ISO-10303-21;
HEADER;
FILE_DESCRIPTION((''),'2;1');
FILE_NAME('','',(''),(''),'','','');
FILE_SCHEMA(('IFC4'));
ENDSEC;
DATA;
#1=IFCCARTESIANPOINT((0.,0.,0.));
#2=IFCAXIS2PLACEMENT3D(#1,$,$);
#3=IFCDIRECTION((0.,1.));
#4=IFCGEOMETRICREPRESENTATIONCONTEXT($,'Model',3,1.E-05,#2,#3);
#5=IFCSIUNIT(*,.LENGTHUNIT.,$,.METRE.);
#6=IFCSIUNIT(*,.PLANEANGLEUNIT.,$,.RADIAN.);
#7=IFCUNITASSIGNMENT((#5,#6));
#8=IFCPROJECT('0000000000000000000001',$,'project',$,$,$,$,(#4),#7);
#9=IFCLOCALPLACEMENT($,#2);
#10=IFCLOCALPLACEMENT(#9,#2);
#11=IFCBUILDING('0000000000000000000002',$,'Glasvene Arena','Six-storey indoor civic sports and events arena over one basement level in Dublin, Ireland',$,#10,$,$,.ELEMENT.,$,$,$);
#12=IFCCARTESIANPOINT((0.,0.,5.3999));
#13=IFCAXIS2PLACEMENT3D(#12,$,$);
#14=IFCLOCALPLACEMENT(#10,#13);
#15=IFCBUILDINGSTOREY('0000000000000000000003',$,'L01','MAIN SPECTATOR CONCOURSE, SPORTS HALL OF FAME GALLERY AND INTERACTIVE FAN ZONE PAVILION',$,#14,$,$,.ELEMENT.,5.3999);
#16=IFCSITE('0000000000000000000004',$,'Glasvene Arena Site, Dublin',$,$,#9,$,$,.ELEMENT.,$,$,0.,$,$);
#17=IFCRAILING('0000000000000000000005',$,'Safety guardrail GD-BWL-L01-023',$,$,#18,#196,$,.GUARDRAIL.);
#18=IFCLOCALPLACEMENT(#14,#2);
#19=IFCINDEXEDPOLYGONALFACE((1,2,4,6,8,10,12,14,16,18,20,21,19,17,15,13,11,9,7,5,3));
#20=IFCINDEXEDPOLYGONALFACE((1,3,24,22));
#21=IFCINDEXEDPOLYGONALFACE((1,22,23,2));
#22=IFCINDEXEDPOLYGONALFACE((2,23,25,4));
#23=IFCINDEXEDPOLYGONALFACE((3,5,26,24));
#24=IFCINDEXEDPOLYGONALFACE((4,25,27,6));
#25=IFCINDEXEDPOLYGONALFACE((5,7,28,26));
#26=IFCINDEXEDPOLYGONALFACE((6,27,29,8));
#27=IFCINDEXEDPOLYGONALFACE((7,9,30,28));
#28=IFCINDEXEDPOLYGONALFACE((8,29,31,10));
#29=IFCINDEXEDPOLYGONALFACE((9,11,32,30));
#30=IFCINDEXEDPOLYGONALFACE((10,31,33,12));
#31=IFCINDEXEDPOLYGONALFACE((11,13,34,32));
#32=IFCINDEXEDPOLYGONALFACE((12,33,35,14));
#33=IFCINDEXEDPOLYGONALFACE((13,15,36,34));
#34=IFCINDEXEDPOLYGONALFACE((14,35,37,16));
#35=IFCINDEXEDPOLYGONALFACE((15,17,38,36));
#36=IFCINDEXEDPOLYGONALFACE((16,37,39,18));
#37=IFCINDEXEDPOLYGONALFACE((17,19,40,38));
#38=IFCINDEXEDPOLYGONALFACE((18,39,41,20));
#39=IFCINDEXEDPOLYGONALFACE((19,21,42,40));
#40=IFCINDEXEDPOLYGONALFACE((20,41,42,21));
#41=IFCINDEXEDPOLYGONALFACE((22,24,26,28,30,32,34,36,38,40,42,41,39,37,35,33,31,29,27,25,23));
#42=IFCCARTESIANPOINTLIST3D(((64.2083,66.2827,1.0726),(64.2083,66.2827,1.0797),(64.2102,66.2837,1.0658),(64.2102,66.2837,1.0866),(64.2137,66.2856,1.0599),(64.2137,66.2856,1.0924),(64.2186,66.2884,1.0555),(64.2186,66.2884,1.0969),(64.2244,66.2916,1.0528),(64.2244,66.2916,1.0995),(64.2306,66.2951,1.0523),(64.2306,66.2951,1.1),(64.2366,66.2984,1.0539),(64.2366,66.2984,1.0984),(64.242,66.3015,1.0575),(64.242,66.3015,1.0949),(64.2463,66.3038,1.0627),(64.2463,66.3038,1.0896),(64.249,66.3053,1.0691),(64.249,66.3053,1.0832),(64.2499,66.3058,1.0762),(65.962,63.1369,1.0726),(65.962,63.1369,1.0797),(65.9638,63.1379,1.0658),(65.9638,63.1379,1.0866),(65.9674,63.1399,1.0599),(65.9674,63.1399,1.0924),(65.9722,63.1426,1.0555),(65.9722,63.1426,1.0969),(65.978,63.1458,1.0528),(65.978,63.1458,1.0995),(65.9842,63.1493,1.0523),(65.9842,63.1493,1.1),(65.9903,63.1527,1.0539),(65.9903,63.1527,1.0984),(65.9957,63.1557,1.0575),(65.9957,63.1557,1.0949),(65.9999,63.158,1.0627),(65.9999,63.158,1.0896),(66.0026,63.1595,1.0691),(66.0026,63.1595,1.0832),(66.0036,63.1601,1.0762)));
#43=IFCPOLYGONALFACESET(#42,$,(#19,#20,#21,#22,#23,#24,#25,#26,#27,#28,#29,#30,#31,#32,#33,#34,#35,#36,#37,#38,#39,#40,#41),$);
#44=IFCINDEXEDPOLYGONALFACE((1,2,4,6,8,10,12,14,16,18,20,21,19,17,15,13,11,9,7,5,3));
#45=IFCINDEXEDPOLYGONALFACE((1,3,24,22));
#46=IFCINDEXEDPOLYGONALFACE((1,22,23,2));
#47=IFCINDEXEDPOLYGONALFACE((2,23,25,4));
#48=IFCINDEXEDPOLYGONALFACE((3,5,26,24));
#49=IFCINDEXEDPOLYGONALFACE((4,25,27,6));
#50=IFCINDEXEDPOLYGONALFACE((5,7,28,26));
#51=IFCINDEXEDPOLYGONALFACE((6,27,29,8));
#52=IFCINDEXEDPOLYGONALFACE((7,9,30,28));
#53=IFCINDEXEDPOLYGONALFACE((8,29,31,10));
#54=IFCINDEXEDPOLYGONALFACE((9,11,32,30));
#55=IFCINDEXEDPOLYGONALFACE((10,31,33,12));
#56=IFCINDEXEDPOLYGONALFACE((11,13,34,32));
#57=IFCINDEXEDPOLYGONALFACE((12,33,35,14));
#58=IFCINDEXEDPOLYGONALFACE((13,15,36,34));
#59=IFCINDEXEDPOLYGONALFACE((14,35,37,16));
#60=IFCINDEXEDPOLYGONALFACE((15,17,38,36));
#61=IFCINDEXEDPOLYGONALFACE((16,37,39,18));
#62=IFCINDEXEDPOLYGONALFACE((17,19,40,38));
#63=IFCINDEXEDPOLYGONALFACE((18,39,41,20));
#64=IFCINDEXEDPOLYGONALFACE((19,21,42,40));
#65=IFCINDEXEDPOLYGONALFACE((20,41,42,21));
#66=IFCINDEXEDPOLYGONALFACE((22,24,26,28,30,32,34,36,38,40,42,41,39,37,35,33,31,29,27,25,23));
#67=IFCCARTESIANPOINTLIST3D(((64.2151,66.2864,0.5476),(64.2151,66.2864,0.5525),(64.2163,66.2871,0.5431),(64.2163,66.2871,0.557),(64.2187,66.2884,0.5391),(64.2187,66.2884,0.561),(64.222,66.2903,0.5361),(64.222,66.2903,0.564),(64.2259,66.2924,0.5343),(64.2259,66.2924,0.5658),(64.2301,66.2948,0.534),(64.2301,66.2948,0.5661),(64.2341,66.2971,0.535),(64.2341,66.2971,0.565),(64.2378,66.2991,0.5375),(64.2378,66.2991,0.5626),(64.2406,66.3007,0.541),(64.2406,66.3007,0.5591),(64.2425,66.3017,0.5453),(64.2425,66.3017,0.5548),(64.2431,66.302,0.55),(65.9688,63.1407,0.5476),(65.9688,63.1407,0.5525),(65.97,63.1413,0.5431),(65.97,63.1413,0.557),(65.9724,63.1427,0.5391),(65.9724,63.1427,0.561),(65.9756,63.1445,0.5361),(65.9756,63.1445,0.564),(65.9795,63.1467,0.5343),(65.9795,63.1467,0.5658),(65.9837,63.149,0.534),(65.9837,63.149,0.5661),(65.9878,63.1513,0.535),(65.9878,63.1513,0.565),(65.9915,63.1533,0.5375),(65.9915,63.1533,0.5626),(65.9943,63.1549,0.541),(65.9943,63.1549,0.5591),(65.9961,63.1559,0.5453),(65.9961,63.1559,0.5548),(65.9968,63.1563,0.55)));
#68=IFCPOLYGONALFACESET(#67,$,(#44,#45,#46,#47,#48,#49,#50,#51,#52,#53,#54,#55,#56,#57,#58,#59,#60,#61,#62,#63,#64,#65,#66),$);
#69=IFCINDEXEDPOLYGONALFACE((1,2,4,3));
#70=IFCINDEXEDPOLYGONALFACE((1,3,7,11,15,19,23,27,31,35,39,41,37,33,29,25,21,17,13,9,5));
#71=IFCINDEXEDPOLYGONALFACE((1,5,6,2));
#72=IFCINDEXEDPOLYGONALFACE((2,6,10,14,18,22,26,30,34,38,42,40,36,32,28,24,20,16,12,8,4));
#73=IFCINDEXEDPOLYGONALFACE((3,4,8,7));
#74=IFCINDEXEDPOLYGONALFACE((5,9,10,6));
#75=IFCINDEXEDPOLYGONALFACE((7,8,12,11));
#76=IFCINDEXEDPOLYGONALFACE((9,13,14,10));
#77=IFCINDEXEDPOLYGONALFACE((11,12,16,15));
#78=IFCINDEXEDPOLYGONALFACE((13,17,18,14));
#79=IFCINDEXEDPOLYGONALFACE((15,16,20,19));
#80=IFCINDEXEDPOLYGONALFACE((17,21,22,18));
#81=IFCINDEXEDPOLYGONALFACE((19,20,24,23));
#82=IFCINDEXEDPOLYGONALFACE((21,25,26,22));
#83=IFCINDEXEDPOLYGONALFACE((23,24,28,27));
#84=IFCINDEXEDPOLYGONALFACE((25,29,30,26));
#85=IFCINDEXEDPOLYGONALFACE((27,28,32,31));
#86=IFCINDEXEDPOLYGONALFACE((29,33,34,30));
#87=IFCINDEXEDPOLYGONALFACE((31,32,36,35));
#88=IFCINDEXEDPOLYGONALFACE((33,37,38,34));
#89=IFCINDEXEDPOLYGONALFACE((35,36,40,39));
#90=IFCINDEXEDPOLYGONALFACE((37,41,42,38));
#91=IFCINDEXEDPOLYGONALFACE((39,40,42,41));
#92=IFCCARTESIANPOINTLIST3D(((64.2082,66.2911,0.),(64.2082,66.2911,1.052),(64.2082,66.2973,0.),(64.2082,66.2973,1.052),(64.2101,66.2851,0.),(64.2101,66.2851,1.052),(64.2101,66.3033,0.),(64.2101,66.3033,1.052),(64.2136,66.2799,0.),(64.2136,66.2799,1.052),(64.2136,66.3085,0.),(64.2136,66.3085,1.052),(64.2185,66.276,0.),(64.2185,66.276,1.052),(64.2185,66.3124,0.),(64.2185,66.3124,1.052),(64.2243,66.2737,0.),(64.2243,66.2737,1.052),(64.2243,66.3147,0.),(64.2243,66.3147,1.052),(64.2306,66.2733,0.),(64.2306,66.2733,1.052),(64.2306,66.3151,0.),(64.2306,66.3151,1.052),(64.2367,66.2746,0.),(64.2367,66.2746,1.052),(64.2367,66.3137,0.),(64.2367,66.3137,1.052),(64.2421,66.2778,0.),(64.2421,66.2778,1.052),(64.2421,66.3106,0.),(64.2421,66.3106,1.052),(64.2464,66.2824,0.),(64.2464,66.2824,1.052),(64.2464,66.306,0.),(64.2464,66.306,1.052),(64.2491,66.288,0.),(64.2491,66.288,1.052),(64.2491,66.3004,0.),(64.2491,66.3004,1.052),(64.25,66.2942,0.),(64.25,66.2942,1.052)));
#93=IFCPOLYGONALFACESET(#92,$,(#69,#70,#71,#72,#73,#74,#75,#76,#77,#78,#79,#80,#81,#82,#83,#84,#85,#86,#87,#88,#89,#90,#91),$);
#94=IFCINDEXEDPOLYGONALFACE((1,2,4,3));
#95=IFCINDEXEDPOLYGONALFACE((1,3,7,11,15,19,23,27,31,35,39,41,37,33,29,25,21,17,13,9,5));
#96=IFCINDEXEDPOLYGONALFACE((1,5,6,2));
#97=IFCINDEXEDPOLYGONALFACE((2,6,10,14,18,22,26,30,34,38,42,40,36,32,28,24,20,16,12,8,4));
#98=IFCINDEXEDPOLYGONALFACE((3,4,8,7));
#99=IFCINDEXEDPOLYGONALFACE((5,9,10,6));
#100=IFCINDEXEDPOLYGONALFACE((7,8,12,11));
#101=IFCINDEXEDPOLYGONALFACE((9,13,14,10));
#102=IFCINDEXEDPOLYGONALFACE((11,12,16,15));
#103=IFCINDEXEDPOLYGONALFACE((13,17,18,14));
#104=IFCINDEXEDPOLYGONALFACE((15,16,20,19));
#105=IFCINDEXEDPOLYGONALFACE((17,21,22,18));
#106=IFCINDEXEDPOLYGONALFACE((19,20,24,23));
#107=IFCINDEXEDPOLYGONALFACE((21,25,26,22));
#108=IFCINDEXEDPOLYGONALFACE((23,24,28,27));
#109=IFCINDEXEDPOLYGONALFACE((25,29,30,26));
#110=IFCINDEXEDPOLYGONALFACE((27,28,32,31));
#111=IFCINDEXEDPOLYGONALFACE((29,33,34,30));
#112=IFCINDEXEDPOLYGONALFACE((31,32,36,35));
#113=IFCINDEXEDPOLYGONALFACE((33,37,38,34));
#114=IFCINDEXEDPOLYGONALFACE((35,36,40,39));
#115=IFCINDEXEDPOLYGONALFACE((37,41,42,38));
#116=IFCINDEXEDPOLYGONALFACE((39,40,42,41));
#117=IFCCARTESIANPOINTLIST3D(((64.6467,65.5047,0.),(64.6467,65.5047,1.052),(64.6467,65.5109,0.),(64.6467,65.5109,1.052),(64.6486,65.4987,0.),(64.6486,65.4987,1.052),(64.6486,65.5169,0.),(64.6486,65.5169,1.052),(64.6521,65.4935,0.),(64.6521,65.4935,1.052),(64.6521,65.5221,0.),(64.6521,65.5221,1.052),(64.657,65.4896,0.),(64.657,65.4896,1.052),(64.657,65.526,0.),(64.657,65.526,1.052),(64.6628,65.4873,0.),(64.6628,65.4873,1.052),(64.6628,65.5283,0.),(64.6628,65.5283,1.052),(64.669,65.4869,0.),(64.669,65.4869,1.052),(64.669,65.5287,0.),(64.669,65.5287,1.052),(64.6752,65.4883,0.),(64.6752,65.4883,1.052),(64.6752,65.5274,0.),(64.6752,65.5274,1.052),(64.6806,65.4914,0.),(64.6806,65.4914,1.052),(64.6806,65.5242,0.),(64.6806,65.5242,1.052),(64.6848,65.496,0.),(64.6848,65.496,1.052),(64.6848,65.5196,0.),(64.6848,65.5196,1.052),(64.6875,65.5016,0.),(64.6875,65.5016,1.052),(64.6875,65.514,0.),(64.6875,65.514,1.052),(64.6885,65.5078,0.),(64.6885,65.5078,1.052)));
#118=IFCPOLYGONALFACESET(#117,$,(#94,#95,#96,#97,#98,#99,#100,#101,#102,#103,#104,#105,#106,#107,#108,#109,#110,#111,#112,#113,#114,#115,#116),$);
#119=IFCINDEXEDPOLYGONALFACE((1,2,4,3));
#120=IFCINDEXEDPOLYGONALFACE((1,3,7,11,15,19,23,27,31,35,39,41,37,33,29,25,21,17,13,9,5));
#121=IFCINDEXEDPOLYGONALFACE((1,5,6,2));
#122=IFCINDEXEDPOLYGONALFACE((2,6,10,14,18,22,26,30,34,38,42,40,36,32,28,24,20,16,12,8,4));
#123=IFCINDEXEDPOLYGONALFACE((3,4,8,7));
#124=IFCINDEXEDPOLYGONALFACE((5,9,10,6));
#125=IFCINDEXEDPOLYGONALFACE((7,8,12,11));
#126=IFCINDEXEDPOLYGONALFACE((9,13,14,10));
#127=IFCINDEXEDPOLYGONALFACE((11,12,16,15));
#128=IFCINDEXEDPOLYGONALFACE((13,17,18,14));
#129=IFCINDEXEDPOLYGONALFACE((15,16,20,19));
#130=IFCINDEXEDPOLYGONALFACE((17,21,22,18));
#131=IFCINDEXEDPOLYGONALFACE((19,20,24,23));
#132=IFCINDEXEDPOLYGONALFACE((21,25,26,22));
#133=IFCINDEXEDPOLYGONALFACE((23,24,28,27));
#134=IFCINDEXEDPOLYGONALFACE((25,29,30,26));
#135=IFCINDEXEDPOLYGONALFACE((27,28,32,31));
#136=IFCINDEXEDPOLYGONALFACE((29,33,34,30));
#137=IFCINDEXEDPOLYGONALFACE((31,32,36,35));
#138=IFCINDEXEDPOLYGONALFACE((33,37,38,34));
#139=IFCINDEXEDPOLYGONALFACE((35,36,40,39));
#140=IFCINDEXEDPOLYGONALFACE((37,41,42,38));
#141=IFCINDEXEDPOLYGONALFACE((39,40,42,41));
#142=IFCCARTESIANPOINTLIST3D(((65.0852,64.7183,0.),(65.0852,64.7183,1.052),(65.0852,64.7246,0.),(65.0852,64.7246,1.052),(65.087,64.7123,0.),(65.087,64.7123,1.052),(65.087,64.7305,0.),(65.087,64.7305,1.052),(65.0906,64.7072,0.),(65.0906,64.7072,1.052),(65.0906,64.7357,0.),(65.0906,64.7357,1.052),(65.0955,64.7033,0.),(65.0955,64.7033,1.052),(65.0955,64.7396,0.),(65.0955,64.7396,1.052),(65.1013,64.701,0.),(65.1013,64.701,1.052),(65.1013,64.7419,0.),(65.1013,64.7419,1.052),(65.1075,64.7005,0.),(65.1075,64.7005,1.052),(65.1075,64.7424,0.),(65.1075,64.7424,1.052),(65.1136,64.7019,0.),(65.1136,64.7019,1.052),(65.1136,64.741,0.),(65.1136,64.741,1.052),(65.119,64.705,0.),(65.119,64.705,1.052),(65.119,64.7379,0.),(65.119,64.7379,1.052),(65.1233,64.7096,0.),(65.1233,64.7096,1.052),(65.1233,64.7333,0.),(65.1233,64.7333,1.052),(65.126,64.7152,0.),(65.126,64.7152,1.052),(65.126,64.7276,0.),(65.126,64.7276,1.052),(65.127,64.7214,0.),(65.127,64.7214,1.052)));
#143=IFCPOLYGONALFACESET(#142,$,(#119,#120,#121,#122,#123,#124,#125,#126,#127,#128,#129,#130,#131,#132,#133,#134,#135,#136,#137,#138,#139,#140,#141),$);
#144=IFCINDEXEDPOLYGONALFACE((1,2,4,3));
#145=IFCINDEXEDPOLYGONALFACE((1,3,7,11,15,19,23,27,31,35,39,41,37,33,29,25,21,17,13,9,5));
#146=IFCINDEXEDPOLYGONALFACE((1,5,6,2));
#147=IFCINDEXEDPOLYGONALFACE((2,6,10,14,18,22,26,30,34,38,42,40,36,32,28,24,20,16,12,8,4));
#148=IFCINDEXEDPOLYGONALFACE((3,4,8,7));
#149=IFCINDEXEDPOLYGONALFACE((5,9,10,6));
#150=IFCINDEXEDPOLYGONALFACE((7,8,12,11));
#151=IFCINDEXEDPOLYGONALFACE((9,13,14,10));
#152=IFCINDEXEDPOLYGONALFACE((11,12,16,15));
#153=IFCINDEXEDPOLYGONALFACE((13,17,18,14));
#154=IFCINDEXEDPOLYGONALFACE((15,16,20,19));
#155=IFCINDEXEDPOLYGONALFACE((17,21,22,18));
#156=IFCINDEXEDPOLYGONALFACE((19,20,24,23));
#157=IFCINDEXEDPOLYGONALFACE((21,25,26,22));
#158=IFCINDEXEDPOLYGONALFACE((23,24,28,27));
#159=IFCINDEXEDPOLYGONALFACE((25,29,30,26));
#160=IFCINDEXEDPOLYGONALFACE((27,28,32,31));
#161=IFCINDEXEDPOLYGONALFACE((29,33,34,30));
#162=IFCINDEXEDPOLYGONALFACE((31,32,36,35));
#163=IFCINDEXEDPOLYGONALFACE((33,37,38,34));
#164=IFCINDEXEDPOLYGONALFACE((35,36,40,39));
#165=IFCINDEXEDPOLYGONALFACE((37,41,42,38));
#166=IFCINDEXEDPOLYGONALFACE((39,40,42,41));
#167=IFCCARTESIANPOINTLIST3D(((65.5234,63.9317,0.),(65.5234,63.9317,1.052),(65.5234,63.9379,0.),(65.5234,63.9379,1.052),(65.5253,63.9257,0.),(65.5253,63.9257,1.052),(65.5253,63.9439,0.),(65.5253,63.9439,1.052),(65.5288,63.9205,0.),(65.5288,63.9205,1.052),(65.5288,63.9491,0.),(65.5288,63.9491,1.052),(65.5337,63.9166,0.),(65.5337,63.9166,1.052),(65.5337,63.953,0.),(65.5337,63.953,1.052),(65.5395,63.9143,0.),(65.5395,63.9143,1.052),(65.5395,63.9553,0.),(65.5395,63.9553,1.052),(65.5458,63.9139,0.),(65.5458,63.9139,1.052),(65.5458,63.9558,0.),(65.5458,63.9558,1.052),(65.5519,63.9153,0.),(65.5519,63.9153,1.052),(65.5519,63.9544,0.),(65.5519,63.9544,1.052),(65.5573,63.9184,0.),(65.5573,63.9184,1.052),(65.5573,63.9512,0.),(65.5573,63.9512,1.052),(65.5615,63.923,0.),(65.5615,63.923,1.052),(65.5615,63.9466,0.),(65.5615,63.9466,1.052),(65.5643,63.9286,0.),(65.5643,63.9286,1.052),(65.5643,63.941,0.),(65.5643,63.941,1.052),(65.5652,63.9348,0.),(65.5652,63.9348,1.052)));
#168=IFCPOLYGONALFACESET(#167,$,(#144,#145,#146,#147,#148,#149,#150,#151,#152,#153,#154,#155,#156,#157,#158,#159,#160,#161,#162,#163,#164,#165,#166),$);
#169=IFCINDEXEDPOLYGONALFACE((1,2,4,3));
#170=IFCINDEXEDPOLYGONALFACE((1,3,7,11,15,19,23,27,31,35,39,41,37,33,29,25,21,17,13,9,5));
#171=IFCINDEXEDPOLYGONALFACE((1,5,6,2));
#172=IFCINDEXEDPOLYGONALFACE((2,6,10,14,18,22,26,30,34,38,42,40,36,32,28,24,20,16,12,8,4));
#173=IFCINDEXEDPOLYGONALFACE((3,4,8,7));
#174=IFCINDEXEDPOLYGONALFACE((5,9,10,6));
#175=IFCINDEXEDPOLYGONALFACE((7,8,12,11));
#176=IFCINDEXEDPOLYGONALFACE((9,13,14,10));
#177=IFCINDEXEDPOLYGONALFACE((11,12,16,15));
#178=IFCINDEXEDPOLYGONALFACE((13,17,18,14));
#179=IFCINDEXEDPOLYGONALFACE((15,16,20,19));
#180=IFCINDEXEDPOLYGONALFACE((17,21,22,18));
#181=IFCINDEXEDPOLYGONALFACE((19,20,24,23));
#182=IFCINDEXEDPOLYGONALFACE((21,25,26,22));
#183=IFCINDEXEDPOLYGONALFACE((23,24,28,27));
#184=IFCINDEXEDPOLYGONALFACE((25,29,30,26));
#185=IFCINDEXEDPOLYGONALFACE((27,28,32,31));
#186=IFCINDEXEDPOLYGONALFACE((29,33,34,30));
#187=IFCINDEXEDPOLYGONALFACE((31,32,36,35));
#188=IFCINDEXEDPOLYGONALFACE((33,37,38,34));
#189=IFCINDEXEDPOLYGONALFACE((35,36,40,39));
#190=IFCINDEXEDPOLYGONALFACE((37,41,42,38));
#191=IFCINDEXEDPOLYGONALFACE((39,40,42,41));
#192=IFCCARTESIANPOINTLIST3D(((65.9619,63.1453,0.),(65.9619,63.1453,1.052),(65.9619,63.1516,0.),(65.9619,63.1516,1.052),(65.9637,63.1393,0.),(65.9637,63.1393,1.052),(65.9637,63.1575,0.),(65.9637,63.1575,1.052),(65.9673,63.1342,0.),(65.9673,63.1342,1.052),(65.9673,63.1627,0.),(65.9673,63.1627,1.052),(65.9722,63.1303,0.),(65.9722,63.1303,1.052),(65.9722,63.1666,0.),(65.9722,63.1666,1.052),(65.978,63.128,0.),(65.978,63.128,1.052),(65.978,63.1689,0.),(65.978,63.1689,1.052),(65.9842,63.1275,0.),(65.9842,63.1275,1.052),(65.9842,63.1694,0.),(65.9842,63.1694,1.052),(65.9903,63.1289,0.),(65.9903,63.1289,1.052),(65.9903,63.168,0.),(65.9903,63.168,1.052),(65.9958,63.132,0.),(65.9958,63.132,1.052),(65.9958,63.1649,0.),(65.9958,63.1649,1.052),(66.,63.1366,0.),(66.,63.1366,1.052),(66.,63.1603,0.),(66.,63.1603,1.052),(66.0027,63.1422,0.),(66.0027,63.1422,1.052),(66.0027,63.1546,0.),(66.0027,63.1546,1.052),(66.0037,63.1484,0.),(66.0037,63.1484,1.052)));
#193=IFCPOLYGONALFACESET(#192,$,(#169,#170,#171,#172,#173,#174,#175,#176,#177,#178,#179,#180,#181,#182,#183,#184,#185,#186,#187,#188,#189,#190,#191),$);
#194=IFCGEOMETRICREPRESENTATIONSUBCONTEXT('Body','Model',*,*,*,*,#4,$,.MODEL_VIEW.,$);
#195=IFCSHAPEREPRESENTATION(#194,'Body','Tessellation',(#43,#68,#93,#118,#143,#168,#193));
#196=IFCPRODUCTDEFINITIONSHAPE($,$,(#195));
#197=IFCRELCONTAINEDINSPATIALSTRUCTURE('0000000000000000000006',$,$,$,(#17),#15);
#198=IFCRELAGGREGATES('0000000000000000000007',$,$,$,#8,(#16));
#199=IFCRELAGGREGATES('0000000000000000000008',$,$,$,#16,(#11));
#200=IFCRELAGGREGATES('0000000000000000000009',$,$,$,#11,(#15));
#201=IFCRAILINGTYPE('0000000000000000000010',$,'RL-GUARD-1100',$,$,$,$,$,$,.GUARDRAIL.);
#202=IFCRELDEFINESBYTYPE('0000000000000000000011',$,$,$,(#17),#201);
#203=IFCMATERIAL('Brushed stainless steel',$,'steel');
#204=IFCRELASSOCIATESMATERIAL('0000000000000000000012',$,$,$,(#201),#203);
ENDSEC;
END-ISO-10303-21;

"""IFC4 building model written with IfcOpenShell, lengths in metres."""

from ifc_helpers import new_model, si_unit, direction, frame, origin, origin_2d, place, context, subcontext, project, spatial, circle, extrude, material, type_object, element, save


model = new_model("IFC4")

# Units and contexts
model_context = context("Model", 3, precision=1e-05, world=origin(), true_north=direction((0.0, 1.0)))
body_context = subcontext(model_context, "Body", "Model", "MODEL_VIEW")
ifc_project = project(units=[si_unit("LENGTHUNIT", "METRE"), si_unit("PLANEANGLEUNIT", "RADIAN")], contexts=[model_context])

# Site, building, storey
site_placement = place(None, origin())
site = spatial("IfcSite", under=ifc_project, at=site_placement, Name="Glasvene Arena Site, Dublin", CompositionType="ELEMENT", RefElevation=0.0)
building_placement = place(site_placement, origin())
building = spatial("IfcBuilding", under=site, at=building_placement, Name="Glasvene Arena", Description="Six-storey indoor civic sports and events arena over one basement level in Dublin, Ireland", CompositionType="ELEMENT")
storey_placement = place(building_placement, frame((0.0, 0.0, 5.3999)))
storey = spatial("IfcBuildingStorey", under=building, at=storey_placement, Name="L01", Description="MAIN SPECTATOR CONCOURSE, SPORTS HALL OF FAME GALLERY AND INTERACTIVE FAN ZONE PAVILION", CompositionType="ELEMENT", Elevation=5.3999)

# Railing
ifc_material_1 = material(Name="Brushed stainless steel", Category="steel")
railing_type = type_object("IfcRailingType", Name="RL-GUARD-1100", PredefinedType="GUARDRAIL", material=ifc_material_1)
railing_1_placement = place(storey_placement, frame((64.229, 66.2942, 0.0)))
element("IfcRailing", 1, at=railing_1_placement, inside=storey, type_object=railing_type, Name="Safety guardrail GD-BWL-L01-023", PredefinedType="GUARDRAIL", context=body_context, shape_type="SweptSolid", body=[
    extrude(circle(Radius=0.0239, at=origin_2d()), frame((0.0, 0.0, 1.0762), z_axis=(0.48692, -0.873446, 0.0), x_axis=(0.873446, 0.48692, 0.0)), (0.0, 0.0, 1.0), 3.6016),
    extrude(circle(Radius=0.0161, at=origin_2d()), frame((0.0, 0.0, 0.55), z_axis=(0.48692, -0.873446, 0.0), x_axis=(0.873446, 0.48692, 0.0)), (0.0, 0.0, 1.0), 3.6016),
    extrude(circle(Radius=0.021, at=origin_2d()), origin(), (0.0, 0.0, 1.0), 1.052),
    extrude(circle(Radius=0.021, at=origin_2d()), frame((0.4385, -0.7864, 0.0)), (0.0, 0.0, 1.0), 1.052),
    extrude(circle(Radius=0.021, at=origin_2d()), frame((0.877, -1.5728, 0.0)), (0.0, 0.0, 1.0), 1.052),
    extrude(circle(Radius=0.021, at=origin_2d()), frame((1.3152, -2.3594, 0.0)), (0.0, 0.0, 1.0), 1.052),
    extrude(circle(Radius=0.021, at=origin_2d()), frame((1.7537, -3.1458, 0.0)), (0.0, 0.0, 1.0), 1.052),
])

save(model, "model.ifc")
